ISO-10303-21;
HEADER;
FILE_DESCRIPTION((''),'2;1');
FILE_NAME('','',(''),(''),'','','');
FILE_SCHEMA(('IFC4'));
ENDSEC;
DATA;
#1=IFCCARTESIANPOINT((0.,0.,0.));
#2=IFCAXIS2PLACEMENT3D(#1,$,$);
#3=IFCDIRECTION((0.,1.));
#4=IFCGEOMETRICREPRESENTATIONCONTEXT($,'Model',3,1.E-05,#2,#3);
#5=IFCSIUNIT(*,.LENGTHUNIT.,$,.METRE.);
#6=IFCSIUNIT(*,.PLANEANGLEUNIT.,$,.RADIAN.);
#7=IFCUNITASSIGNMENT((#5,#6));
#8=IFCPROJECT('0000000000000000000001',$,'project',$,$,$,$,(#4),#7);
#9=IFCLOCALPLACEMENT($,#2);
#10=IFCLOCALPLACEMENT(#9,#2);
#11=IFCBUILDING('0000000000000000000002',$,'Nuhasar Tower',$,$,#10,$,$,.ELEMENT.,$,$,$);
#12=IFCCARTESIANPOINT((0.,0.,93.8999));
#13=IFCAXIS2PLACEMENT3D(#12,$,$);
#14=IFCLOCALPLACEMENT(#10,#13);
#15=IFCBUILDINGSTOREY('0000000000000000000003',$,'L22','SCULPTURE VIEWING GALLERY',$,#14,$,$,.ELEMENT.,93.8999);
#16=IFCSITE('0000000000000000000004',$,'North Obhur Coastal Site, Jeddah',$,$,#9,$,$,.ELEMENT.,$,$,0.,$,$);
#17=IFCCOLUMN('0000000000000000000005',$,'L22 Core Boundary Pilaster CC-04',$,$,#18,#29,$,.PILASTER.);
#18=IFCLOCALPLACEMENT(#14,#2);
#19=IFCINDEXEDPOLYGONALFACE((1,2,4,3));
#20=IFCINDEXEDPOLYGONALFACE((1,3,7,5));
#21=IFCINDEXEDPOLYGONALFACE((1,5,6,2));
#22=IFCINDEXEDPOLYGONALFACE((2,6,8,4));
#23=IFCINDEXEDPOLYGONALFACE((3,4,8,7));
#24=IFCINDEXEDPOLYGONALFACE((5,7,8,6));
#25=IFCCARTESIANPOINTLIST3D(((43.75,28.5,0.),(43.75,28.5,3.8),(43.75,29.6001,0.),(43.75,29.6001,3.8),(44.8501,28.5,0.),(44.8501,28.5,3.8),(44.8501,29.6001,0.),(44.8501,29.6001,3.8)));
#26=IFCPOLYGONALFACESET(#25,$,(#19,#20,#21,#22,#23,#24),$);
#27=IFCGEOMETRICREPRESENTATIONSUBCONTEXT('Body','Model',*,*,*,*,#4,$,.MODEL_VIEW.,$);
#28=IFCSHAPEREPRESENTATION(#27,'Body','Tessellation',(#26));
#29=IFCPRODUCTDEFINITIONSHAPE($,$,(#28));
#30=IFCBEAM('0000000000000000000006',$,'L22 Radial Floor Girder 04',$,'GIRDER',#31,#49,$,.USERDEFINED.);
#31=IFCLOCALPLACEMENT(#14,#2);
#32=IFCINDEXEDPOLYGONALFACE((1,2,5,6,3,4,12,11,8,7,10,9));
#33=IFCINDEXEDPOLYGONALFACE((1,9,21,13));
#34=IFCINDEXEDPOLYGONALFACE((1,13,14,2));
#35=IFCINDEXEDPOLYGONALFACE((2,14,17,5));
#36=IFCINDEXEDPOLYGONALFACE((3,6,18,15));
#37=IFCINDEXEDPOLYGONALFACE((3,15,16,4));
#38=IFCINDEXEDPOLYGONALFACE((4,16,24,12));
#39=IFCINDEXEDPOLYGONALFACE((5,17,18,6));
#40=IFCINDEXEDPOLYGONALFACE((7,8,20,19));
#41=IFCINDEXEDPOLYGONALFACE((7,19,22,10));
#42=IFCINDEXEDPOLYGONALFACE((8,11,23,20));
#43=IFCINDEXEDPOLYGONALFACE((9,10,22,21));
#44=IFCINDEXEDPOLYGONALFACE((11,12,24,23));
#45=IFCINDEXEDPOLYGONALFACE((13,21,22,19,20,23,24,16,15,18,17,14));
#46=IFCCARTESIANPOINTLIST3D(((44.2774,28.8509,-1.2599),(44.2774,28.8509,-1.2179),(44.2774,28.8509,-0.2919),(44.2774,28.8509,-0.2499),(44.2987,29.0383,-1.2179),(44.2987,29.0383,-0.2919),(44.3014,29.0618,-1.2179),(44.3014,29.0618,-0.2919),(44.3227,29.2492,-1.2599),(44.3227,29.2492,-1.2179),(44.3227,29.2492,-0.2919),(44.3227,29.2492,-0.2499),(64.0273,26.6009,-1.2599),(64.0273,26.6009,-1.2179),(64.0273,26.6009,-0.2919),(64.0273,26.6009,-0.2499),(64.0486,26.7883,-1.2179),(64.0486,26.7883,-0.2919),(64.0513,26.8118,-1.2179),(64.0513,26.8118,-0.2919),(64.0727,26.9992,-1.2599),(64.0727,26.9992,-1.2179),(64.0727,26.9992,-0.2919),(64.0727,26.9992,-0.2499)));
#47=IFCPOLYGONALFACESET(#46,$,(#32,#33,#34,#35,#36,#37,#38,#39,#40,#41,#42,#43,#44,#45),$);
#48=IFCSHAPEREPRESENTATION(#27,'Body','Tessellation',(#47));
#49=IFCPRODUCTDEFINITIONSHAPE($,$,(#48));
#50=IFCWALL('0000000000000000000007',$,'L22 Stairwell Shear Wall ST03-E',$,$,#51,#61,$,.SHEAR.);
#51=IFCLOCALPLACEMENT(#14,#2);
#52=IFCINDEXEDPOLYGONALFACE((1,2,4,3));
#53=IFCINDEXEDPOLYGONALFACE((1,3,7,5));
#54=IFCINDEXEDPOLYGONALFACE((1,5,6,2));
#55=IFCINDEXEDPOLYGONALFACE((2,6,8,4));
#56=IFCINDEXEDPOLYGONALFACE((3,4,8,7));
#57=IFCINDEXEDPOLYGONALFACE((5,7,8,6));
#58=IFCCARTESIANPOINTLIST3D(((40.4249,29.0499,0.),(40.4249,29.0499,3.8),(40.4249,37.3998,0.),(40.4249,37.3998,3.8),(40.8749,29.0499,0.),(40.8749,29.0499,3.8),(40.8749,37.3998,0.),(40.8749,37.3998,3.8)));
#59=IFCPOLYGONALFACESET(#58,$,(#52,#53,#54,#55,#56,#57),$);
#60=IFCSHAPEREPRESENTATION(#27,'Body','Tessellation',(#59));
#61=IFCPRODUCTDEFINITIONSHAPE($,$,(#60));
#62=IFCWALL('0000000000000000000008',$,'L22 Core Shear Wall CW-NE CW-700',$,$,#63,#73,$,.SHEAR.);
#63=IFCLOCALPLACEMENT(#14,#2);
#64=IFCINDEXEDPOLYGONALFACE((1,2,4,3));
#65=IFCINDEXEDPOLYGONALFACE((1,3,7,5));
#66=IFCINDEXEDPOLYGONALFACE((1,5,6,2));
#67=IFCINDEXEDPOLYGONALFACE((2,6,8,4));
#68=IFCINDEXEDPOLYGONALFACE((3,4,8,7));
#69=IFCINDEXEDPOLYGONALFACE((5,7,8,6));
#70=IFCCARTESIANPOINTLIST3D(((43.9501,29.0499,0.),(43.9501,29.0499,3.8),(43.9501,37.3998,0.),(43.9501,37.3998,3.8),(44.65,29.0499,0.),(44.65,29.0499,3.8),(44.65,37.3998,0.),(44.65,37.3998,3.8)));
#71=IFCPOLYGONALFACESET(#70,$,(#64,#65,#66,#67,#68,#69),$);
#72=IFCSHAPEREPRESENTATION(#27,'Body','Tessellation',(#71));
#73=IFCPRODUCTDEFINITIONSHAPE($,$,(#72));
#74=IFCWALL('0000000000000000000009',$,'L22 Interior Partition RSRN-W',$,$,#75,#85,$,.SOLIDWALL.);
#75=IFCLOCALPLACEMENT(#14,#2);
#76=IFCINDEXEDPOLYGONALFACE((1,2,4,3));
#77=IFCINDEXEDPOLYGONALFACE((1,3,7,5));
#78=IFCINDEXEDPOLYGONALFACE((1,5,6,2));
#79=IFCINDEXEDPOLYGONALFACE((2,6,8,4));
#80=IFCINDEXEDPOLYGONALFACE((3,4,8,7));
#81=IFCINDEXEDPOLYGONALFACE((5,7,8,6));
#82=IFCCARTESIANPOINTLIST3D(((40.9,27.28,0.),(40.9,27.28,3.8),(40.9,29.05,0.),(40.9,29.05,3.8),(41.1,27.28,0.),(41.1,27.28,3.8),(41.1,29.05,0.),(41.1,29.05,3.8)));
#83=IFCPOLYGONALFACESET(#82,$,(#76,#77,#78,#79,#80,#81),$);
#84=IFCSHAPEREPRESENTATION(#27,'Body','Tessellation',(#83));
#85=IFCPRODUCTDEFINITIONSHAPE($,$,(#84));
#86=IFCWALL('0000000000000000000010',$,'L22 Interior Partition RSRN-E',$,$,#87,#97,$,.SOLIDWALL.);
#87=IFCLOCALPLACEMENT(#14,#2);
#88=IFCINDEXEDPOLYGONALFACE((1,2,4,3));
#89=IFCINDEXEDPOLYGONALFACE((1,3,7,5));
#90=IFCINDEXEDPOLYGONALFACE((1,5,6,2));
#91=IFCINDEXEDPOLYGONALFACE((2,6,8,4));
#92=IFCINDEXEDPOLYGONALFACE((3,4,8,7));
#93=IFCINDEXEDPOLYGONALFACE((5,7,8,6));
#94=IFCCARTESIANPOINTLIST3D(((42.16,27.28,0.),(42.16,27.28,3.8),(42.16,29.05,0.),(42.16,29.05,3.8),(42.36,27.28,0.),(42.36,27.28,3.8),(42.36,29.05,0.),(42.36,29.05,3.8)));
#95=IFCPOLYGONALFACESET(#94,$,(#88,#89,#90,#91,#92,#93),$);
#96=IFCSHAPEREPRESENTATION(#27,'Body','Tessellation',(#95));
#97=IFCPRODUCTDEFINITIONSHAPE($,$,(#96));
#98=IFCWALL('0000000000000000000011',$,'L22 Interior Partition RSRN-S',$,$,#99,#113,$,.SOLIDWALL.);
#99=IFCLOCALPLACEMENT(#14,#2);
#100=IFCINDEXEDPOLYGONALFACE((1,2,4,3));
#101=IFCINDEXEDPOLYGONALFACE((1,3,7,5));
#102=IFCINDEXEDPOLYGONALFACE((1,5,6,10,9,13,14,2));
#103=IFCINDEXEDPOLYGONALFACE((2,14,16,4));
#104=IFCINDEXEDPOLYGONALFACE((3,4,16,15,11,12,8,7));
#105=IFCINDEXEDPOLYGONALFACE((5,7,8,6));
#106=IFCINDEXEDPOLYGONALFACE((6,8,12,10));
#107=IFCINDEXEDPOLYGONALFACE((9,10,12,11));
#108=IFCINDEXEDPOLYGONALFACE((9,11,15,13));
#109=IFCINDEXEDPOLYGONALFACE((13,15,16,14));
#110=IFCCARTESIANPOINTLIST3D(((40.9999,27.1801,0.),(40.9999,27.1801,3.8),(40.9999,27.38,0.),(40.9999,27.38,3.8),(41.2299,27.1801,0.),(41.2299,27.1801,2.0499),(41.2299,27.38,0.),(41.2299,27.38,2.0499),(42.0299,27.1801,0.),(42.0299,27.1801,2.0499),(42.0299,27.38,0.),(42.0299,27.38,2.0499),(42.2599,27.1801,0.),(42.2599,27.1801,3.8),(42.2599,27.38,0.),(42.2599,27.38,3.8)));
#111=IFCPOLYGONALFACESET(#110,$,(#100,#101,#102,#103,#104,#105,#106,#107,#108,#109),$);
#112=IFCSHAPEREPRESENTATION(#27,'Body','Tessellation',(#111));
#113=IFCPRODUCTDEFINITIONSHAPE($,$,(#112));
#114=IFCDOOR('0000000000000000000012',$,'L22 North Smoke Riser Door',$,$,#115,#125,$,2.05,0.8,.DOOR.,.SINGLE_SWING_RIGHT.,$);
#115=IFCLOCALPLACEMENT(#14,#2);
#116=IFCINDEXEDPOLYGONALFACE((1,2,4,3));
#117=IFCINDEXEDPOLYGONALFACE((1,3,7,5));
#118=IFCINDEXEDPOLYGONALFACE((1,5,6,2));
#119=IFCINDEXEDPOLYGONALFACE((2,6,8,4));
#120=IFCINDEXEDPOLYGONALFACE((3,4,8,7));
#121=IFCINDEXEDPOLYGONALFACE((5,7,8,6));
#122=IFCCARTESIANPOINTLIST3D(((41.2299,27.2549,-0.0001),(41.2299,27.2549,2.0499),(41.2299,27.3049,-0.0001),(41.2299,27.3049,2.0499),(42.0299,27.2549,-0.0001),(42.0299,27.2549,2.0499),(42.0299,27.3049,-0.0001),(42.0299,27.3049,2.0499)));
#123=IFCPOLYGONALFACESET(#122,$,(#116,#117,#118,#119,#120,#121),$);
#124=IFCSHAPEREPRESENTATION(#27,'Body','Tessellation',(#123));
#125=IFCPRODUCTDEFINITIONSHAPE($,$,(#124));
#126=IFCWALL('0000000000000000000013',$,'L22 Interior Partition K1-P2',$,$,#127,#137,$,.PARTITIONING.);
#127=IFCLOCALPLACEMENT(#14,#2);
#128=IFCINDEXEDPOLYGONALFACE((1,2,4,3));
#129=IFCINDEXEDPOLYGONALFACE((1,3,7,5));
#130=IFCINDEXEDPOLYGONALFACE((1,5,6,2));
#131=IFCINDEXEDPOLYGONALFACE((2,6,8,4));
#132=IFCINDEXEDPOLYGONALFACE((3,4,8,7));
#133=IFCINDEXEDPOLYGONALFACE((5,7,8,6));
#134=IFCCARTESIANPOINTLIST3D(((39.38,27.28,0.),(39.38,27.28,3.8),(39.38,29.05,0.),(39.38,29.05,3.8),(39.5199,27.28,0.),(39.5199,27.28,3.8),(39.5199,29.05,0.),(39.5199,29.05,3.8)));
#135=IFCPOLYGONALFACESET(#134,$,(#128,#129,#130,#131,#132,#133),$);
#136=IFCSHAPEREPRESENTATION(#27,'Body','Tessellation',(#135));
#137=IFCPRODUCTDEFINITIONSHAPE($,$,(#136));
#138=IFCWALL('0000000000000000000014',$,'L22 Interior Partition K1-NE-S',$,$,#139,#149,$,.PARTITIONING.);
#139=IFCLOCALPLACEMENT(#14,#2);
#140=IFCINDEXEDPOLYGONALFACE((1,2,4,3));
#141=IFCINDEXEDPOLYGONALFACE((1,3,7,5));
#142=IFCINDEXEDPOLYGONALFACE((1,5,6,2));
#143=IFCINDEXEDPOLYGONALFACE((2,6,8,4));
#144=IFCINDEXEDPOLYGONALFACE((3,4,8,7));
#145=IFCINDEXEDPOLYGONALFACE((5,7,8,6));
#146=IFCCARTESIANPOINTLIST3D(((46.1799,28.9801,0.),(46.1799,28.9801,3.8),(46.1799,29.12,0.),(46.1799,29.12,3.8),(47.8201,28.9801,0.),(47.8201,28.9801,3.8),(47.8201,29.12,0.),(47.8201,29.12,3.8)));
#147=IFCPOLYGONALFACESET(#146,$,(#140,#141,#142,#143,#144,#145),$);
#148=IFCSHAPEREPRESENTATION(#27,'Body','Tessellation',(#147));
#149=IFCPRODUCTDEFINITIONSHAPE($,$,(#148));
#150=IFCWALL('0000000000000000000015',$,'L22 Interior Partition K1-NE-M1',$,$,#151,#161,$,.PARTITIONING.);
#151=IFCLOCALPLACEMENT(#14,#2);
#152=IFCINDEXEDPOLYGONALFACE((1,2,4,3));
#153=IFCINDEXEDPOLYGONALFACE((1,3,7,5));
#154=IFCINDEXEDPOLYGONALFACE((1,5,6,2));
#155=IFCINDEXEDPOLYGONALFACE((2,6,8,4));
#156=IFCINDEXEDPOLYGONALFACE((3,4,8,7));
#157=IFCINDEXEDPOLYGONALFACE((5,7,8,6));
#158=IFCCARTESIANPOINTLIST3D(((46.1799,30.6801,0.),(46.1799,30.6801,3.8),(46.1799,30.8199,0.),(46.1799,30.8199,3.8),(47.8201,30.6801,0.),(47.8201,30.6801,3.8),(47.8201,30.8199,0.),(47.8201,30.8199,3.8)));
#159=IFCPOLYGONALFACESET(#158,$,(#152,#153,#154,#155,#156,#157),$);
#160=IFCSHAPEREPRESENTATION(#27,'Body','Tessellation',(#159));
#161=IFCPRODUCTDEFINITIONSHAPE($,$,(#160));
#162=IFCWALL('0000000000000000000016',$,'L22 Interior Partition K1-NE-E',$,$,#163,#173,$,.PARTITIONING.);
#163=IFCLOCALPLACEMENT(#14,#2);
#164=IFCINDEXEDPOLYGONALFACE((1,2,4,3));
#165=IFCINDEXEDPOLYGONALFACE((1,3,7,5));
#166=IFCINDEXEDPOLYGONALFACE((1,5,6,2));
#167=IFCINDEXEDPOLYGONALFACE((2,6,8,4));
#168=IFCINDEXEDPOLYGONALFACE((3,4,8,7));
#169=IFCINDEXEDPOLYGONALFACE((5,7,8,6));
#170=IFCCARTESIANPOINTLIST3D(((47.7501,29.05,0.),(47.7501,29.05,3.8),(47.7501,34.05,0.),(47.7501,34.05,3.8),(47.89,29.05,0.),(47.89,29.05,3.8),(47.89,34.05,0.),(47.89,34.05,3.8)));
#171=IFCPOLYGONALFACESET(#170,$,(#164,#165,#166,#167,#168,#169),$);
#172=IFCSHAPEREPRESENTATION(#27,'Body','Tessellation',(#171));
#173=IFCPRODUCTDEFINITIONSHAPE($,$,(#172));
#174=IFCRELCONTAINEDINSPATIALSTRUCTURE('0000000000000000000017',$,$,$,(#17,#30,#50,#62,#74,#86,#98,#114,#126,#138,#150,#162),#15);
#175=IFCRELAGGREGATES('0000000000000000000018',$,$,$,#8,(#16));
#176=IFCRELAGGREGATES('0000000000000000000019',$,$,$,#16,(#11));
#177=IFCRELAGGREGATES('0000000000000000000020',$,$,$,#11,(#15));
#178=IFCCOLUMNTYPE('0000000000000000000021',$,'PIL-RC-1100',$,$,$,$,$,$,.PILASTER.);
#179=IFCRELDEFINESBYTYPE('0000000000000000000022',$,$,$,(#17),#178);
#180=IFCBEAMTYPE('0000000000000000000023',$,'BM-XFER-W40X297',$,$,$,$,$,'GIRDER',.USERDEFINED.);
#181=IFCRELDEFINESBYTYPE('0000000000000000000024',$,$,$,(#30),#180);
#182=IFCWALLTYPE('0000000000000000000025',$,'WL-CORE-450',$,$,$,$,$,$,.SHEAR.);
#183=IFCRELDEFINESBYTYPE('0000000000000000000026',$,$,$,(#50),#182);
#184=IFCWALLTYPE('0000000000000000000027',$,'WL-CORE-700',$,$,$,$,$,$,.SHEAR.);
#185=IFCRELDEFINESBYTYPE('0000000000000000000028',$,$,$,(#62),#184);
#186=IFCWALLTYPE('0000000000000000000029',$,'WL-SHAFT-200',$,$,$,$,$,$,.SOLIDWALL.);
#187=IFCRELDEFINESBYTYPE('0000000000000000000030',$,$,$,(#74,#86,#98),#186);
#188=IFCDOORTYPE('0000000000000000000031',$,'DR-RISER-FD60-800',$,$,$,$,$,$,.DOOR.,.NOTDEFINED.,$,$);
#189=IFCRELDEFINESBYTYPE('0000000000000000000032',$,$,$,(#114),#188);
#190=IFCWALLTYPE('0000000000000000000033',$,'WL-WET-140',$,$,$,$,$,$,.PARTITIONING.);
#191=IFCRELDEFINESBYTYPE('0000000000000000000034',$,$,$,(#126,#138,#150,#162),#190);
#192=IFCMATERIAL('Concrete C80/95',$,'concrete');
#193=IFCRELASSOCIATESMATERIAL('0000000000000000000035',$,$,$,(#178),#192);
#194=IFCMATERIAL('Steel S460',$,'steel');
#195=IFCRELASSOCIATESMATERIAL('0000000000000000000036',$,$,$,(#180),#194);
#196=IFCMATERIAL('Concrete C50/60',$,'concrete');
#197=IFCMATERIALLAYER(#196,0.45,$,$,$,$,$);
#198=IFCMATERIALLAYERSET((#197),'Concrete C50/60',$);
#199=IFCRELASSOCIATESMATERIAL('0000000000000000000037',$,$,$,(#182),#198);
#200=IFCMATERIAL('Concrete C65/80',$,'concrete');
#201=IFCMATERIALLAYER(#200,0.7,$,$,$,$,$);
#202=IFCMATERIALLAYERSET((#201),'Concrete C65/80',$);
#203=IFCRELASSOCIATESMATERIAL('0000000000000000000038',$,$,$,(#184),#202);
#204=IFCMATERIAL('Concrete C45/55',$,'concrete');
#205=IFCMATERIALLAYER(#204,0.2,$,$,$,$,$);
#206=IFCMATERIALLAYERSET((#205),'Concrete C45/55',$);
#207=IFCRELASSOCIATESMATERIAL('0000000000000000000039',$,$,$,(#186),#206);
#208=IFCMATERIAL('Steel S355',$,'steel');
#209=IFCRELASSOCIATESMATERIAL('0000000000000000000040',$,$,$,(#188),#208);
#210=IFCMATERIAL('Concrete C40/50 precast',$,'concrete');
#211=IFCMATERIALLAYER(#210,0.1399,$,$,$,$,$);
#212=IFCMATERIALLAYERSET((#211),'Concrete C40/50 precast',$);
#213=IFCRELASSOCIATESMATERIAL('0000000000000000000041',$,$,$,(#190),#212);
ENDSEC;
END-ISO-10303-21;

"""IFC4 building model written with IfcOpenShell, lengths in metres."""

from ifc_helpers import new_model, si_unit, direction, frame, frame_2d, origin, origin_2d, place, context, subcontext, project, spatial, rectangle, i_section, extrude, material, layer, layer_set, material_profile, profile_set, type_object, element, fill, save


model = new_model("IFC4")

# Units and contexts
model_context = context("Model", 3, precision=1e-05, world=origin(), true_north=direction((0.0, 1.0)))
body_context = subcontext(model_context, "Body", "Model", "MODEL_VIEW")
ifc_project = project(units=[si_unit("LENGTHUNIT", "METRE"), si_unit("PLANEANGLEUNIT", "RADIAN")], contexts=[model_context])

# Site, building, storey
site_placement = place(None, origin())
site = spatial("IfcSite", under=ifc_project, at=site_placement, Name="North Obhur Coastal Site, Jeddah", CompositionType="ELEMENT", RefElevation=0.0)
building_placement = place(site_placement, origin())
building = spatial("IfcBuilding", under=site, at=building_placement, Name="Nuhasar Tower", CompositionType="ELEMENT")
storey_placement = place(building_placement, frame((0.0, 0.0, 93.8999)))
storey = spatial("IfcBuildingStorey", under=building, at=storey_placement, Name="L22", Description="SCULPTURE VIEWING GALLERY", CompositionType="ELEMENT", Elevation=93.8999)

# Column
ifc_material_1 = material(Name="Concrete C80/95", Category="concrete")
ifc_material_profile_1 = material_profile(ifc_material_1, rectangle(XDim=1.1001, YDim=1.1001, at=origin_2d()), Name="RC1100X1100")
ifc_profile_set_1 = profile_set([ifc_material_profile_1], Name="Concrete C80/95")
column_type = type_object("IfcColumnType", Name="PIL-RC-1100", PredefinedType="PILASTER", material=ifc_profile_set_1)
column_placement = place(storey_placement, frame((44.3, 29.05, 0.0), z_axis=(0.0, 0.0, 1.0), x_axis=(1.0, 0.0, 0.0)))
element("IfcColumn", 1, at=column_placement, inside=storey, type_object=column_type, Name="L22 Core Boundary Pilaster CC-04", PredefinedType="PILASTER", context=body_context, shape_type="SweptSolid", body=[
    extrude(rectangle(XDim=1.1001, YDim=1.1001, at=origin_2d()), origin(), (0.0, 0.0, 1.0), 3.8),
])

# Beam
ifc_material_2 = material(Name="Steel S460", Category="steel")
ifc_material_profile_2 = material_profile(ifc_material_2, i_section(OverallWidth=0.4009, OverallDepth=1.01, WebThickness=0.0237, FlangeThickness=0.042, at=origin_2d()), Name="W40X297")
ifc_profile_set_2 = profile_set([ifc_material_profile_2], Name="Steel S460")
beam_type = type_object("IfcBeamType", Name="BM-XFER-W40X297", ElementType="GIRDER", PredefinedType="USERDEFINED", material=ifc_profile_set_2)
beam_placement = place(storey_placement, frame((44.3, 29.05, -0.7549), z_axis=(0.993573, -0.113192, 0.0), x_axis=(0.113192, 0.993573, 0.0)))
element("IfcBeam", 2, at=beam_placement, inside=storey, type_object=beam_type, Name="L22 Radial Floor Girder 04", ObjectType="GIRDER", PredefinedType="USERDEFINED", context=body_context, shape_type="SweptSolid", body=[
    extrude(i_section(OverallWidth=0.4009, OverallDepth=1.01, WebThickness=0.0237, FlangeThickness=0.042, at=origin_2d()), origin(), (0.0, 0.0, 1.0), 19.8777),
])

# Walls
ifc_material_3 = material(Name="Concrete C50/60", Category="concrete")
ifc_layer_1 = layer(ifc_material_3, 0.45)
ifc_layer_set_1 = layer_set([ifc_layer_1], Name="Concrete C50/60")
wall_type_1 = type_object("IfcWallType", Name="WL-CORE-450", PredefinedType="SHEAR", material=ifc_layer_set_1)
wall_1_placement = place(storey_placement, frame((40.6499, 29.05, 0.0), z_axis=(0.0, 0.0, 1.0), x_axis=(0.0, 1.0, 0.0)))
element("IfcWall", 3, at=wall_1_placement, inside=storey, type_object=wall_type_1, Name="L22 Stairwell Shear Wall ST03-E", PredefinedType="SHEAR", context=body_context, shape_type="SweptSolid", body=[
    extrude(rectangle(XDim=8.3499, YDim=0.45, at=frame_2d((4.1748, 0.0))), origin(), (0.0, 0.0, 1.0), 3.8),
])
ifc_material_4 = material(Name="Concrete C65/80", Category="concrete")
ifc_layer_2 = layer(ifc_material_4, 0.7)
ifc_layer_set_2 = layer_set([ifc_layer_2], Name="Concrete C65/80")
wall_type_2 = type_object("IfcWallType", Name="WL-CORE-700", PredefinedType="SHEAR", material=ifc_layer_set_2)
wall_2_placement = place(storey_placement, frame((44.3, 29.05, 0.0), z_axis=(0.0, 0.0, 1.0), x_axis=(0.0, 1.0, 0.0)))
element("IfcWall", 4, at=wall_2_placement, inside=storey, type_object=wall_type_2, Name="L22 Core Shear Wall CW-NE CW-700", PredefinedType="SHEAR", context=body_context, shape_type="SweptSolid", body=[
    extrude(rectangle(XDim=8.3499, YDim=0.7, at=frame_2d((4.1748, 0.0))), origin(), (0.0, 0.0, 1.0), 3.8),
])
ifc_material_5 = material(Name="Concrete C45/55", Category="concrete")
ifc_layer_3 = layer(ifc_material_5, 0.2)
ifc_layer_set_3 = layer_set([ifc_layer_3], Name="Concrete C45/55")
wall_type_3 = type_object("IfcWallType", Name="WL-SHAFT-200", PredefinedType="SOLIDWALL", material=ifc_layer_set_3)
for number, where, z_axis, x_axis, name in (
    (5, (41.0, 27.28, 0.0), (0.0, 0.0, 1.0), (0.0, 1.0, 0.0), "L22 Interior Partition RSRN-W"),
    (6, (42.26, 27.28, 0.0), (0.0, 0.0, 1.0), (0.0, 1.0, 0.0), "L22 Interior Partition RSRN-E"),
):
    element("IfcWall", number, at=place(storey_placement, frame(where, z_axis=z_axis, x_axis=x_axis)), inside=storey, type_object=wall_type_3, Name=name, PredefinedType="SOLIDWALL", context=body_context, shape_type="SweptSolid", body=[
        extrude(rectangle(XDim=1.77, YDim=0.2, at=frame_2d((0.885, 0.0))), origin(), (0.0, 0.0, 1.0), 3.8),
    ])

# Wall, opening, door
wall_3_placement = place(storey_placement, frame((41.0, 27.28, 0.0), z_axis=(0.0, 0.0, 1.0), x_axis=(1.0, 0.0, 0.0)))
wall_3 = element("IfcWall", 7, at=wall_3_placement, inside=storey, type_object=wall_type_3, Name="L22 Interior Partition RSRN-S", PredefinedType="SOLIDWALL", context=body_context, shape_type="SweptSolid", body=[
    extrude(rectangle(XDim=1.26, YDim=0.2, at=frame_2d((0.6299, 0.0))), origin(), (0.0, 0.0, 1.0), 3.8),
])
opening_placement = place(wall_3_placement, frame((0.23, 0.0, 0.0)))
opening = element("IfcOpeningElement", 8, at=opening_placement, cuts=wall_3, PredefinedType="OPENING", context=body_context, shape_type="SweptSolid", body=[
    extrude(rectangle(XDim=0.8, YDim=2.05, at=frame_2d((0.3999, 1.0249))), frame((0.0, 0.1099, 0.0), z_axis=(0.0, -1.0, 0.0), x_axis=(1.0, 0.0, 0.0)), (0.0, 0.0, 1.0), 0.22),
])
ifc_material_6 = material(Name="Steel S355", Category="steel")
door_type = type_object("IfcDoorType", Name="DR-RISER-FD60-800", OperationType="NOTDEFINED", PredefinedType="DOOR", material=ifc_material_6)
door_placement = place(opening_placement, origin())
door = element("IfcDoor", 9, at=door_placement, inside=storey, type_object=door_type, Name="L22 North Smoke Riser Door", OperationType="SINGLE_SWING_RIGHT", OverallHeight=2.05, OverallWidth=0.8, PredefinedType="DOOR", context=body_context, shape_type="SweptSolid", body=[
    extrude(rectangle(XDim=0.8, YDim=2.05, at=frame_2d((0.3999, 1.0249))), frame((0.0, 0.0249, 0.0), z_axis=(0.0, -1.0, 0.0), x_axis=(1.0, 0.0, 0.0)), (0.0, 0.0, 1.0), 0.05),
])
fill(opening, door)

# Walls
ifc_material_7 = material(Name="Concrete C40/50 precast", Category="concrete")
ifc_layer_4 = layer(ifc_material_7, 0.1399)
ifc_layer_set_4 = layer_set([ifc_layer_4], Name="Concrete C40/50 precast")
wall_type_4 = type_object("IfcWallType", Name="WL-WET-140", PredefinedType="PARTITIONING", material=ifc_layer_set_4)
wall_4_placement = place(storey_placement, frame((39.45, 27.28, 0.0), z_axis=(0.0, 0.0, 1.0), x_axis=(0.0, 1.0, 0.0)))
element("IfcWall", 10, at=wall_4_placement, inside=storey, type_object=wall_type_4, Name="L22 Interior Partition K1-P2", PredefinedType="PARTITIONING", context=body_context, shape_type="SweptSolid", body=[
    extrude(rectangle(XDim=1.77, YDim=0.1399, at=frame_2d((0.885, 0.0))), origin(), (0.0, 0.0, 1.0), 3.8),
])
for number, where, z_axis, x_axis, name in (
    (11, (46.1799, 29.05, 0.0), (0.0, 0.0, 1.0), (1.0, 0.0, 0.0), "L22 Interior Partition K1-NE-S"),
    (12, (46.1799, 30.75, 0.0), (0.0, 0.0, 1.0), (1.0, 0.0, 0.0), "L22 Interior Partition K1-NE-M1"),
):
    element("IfcWall", number, at=place(storey_placement, frame(where, z_axis=z_axis, x_axis=x_axis)), inside=storey, type_object=wall_type_4, Name=name, PredefinedType="PARTITIONING", context=body_context, shape_type="SweptSolid", body=[
        extrude(rectangle(XDim=1.6401, YDim=0.1399, at=frame_2d((0.8201, 0.0))), origin(), (0.0, 0.0, 1.0), 3.8),
    ])
wall_5_placement = place(storey_placement, frame((47.8201, 29.05, 0.0), z_axis=(0.0, 0.0, 1.0), x_axis=(0.0, 1.0, 0.0)))
element("IfcWall", 13, at=wall_5_placement, inside=storey, type_object=wall_type_4, Name="L22 Interior Partition K1-NE-E", PredefinedType="PARTITIONING", context=body_context, shape_type="SweptSolid", body=[
    extrude(rectangle(XDim=5.0, YDim=0.1399, at=frame_2d((2.5, 0.0))), origin(), (0.0, 0.0, 1.0), 3.8),
])

save(model, "model.ifc")
